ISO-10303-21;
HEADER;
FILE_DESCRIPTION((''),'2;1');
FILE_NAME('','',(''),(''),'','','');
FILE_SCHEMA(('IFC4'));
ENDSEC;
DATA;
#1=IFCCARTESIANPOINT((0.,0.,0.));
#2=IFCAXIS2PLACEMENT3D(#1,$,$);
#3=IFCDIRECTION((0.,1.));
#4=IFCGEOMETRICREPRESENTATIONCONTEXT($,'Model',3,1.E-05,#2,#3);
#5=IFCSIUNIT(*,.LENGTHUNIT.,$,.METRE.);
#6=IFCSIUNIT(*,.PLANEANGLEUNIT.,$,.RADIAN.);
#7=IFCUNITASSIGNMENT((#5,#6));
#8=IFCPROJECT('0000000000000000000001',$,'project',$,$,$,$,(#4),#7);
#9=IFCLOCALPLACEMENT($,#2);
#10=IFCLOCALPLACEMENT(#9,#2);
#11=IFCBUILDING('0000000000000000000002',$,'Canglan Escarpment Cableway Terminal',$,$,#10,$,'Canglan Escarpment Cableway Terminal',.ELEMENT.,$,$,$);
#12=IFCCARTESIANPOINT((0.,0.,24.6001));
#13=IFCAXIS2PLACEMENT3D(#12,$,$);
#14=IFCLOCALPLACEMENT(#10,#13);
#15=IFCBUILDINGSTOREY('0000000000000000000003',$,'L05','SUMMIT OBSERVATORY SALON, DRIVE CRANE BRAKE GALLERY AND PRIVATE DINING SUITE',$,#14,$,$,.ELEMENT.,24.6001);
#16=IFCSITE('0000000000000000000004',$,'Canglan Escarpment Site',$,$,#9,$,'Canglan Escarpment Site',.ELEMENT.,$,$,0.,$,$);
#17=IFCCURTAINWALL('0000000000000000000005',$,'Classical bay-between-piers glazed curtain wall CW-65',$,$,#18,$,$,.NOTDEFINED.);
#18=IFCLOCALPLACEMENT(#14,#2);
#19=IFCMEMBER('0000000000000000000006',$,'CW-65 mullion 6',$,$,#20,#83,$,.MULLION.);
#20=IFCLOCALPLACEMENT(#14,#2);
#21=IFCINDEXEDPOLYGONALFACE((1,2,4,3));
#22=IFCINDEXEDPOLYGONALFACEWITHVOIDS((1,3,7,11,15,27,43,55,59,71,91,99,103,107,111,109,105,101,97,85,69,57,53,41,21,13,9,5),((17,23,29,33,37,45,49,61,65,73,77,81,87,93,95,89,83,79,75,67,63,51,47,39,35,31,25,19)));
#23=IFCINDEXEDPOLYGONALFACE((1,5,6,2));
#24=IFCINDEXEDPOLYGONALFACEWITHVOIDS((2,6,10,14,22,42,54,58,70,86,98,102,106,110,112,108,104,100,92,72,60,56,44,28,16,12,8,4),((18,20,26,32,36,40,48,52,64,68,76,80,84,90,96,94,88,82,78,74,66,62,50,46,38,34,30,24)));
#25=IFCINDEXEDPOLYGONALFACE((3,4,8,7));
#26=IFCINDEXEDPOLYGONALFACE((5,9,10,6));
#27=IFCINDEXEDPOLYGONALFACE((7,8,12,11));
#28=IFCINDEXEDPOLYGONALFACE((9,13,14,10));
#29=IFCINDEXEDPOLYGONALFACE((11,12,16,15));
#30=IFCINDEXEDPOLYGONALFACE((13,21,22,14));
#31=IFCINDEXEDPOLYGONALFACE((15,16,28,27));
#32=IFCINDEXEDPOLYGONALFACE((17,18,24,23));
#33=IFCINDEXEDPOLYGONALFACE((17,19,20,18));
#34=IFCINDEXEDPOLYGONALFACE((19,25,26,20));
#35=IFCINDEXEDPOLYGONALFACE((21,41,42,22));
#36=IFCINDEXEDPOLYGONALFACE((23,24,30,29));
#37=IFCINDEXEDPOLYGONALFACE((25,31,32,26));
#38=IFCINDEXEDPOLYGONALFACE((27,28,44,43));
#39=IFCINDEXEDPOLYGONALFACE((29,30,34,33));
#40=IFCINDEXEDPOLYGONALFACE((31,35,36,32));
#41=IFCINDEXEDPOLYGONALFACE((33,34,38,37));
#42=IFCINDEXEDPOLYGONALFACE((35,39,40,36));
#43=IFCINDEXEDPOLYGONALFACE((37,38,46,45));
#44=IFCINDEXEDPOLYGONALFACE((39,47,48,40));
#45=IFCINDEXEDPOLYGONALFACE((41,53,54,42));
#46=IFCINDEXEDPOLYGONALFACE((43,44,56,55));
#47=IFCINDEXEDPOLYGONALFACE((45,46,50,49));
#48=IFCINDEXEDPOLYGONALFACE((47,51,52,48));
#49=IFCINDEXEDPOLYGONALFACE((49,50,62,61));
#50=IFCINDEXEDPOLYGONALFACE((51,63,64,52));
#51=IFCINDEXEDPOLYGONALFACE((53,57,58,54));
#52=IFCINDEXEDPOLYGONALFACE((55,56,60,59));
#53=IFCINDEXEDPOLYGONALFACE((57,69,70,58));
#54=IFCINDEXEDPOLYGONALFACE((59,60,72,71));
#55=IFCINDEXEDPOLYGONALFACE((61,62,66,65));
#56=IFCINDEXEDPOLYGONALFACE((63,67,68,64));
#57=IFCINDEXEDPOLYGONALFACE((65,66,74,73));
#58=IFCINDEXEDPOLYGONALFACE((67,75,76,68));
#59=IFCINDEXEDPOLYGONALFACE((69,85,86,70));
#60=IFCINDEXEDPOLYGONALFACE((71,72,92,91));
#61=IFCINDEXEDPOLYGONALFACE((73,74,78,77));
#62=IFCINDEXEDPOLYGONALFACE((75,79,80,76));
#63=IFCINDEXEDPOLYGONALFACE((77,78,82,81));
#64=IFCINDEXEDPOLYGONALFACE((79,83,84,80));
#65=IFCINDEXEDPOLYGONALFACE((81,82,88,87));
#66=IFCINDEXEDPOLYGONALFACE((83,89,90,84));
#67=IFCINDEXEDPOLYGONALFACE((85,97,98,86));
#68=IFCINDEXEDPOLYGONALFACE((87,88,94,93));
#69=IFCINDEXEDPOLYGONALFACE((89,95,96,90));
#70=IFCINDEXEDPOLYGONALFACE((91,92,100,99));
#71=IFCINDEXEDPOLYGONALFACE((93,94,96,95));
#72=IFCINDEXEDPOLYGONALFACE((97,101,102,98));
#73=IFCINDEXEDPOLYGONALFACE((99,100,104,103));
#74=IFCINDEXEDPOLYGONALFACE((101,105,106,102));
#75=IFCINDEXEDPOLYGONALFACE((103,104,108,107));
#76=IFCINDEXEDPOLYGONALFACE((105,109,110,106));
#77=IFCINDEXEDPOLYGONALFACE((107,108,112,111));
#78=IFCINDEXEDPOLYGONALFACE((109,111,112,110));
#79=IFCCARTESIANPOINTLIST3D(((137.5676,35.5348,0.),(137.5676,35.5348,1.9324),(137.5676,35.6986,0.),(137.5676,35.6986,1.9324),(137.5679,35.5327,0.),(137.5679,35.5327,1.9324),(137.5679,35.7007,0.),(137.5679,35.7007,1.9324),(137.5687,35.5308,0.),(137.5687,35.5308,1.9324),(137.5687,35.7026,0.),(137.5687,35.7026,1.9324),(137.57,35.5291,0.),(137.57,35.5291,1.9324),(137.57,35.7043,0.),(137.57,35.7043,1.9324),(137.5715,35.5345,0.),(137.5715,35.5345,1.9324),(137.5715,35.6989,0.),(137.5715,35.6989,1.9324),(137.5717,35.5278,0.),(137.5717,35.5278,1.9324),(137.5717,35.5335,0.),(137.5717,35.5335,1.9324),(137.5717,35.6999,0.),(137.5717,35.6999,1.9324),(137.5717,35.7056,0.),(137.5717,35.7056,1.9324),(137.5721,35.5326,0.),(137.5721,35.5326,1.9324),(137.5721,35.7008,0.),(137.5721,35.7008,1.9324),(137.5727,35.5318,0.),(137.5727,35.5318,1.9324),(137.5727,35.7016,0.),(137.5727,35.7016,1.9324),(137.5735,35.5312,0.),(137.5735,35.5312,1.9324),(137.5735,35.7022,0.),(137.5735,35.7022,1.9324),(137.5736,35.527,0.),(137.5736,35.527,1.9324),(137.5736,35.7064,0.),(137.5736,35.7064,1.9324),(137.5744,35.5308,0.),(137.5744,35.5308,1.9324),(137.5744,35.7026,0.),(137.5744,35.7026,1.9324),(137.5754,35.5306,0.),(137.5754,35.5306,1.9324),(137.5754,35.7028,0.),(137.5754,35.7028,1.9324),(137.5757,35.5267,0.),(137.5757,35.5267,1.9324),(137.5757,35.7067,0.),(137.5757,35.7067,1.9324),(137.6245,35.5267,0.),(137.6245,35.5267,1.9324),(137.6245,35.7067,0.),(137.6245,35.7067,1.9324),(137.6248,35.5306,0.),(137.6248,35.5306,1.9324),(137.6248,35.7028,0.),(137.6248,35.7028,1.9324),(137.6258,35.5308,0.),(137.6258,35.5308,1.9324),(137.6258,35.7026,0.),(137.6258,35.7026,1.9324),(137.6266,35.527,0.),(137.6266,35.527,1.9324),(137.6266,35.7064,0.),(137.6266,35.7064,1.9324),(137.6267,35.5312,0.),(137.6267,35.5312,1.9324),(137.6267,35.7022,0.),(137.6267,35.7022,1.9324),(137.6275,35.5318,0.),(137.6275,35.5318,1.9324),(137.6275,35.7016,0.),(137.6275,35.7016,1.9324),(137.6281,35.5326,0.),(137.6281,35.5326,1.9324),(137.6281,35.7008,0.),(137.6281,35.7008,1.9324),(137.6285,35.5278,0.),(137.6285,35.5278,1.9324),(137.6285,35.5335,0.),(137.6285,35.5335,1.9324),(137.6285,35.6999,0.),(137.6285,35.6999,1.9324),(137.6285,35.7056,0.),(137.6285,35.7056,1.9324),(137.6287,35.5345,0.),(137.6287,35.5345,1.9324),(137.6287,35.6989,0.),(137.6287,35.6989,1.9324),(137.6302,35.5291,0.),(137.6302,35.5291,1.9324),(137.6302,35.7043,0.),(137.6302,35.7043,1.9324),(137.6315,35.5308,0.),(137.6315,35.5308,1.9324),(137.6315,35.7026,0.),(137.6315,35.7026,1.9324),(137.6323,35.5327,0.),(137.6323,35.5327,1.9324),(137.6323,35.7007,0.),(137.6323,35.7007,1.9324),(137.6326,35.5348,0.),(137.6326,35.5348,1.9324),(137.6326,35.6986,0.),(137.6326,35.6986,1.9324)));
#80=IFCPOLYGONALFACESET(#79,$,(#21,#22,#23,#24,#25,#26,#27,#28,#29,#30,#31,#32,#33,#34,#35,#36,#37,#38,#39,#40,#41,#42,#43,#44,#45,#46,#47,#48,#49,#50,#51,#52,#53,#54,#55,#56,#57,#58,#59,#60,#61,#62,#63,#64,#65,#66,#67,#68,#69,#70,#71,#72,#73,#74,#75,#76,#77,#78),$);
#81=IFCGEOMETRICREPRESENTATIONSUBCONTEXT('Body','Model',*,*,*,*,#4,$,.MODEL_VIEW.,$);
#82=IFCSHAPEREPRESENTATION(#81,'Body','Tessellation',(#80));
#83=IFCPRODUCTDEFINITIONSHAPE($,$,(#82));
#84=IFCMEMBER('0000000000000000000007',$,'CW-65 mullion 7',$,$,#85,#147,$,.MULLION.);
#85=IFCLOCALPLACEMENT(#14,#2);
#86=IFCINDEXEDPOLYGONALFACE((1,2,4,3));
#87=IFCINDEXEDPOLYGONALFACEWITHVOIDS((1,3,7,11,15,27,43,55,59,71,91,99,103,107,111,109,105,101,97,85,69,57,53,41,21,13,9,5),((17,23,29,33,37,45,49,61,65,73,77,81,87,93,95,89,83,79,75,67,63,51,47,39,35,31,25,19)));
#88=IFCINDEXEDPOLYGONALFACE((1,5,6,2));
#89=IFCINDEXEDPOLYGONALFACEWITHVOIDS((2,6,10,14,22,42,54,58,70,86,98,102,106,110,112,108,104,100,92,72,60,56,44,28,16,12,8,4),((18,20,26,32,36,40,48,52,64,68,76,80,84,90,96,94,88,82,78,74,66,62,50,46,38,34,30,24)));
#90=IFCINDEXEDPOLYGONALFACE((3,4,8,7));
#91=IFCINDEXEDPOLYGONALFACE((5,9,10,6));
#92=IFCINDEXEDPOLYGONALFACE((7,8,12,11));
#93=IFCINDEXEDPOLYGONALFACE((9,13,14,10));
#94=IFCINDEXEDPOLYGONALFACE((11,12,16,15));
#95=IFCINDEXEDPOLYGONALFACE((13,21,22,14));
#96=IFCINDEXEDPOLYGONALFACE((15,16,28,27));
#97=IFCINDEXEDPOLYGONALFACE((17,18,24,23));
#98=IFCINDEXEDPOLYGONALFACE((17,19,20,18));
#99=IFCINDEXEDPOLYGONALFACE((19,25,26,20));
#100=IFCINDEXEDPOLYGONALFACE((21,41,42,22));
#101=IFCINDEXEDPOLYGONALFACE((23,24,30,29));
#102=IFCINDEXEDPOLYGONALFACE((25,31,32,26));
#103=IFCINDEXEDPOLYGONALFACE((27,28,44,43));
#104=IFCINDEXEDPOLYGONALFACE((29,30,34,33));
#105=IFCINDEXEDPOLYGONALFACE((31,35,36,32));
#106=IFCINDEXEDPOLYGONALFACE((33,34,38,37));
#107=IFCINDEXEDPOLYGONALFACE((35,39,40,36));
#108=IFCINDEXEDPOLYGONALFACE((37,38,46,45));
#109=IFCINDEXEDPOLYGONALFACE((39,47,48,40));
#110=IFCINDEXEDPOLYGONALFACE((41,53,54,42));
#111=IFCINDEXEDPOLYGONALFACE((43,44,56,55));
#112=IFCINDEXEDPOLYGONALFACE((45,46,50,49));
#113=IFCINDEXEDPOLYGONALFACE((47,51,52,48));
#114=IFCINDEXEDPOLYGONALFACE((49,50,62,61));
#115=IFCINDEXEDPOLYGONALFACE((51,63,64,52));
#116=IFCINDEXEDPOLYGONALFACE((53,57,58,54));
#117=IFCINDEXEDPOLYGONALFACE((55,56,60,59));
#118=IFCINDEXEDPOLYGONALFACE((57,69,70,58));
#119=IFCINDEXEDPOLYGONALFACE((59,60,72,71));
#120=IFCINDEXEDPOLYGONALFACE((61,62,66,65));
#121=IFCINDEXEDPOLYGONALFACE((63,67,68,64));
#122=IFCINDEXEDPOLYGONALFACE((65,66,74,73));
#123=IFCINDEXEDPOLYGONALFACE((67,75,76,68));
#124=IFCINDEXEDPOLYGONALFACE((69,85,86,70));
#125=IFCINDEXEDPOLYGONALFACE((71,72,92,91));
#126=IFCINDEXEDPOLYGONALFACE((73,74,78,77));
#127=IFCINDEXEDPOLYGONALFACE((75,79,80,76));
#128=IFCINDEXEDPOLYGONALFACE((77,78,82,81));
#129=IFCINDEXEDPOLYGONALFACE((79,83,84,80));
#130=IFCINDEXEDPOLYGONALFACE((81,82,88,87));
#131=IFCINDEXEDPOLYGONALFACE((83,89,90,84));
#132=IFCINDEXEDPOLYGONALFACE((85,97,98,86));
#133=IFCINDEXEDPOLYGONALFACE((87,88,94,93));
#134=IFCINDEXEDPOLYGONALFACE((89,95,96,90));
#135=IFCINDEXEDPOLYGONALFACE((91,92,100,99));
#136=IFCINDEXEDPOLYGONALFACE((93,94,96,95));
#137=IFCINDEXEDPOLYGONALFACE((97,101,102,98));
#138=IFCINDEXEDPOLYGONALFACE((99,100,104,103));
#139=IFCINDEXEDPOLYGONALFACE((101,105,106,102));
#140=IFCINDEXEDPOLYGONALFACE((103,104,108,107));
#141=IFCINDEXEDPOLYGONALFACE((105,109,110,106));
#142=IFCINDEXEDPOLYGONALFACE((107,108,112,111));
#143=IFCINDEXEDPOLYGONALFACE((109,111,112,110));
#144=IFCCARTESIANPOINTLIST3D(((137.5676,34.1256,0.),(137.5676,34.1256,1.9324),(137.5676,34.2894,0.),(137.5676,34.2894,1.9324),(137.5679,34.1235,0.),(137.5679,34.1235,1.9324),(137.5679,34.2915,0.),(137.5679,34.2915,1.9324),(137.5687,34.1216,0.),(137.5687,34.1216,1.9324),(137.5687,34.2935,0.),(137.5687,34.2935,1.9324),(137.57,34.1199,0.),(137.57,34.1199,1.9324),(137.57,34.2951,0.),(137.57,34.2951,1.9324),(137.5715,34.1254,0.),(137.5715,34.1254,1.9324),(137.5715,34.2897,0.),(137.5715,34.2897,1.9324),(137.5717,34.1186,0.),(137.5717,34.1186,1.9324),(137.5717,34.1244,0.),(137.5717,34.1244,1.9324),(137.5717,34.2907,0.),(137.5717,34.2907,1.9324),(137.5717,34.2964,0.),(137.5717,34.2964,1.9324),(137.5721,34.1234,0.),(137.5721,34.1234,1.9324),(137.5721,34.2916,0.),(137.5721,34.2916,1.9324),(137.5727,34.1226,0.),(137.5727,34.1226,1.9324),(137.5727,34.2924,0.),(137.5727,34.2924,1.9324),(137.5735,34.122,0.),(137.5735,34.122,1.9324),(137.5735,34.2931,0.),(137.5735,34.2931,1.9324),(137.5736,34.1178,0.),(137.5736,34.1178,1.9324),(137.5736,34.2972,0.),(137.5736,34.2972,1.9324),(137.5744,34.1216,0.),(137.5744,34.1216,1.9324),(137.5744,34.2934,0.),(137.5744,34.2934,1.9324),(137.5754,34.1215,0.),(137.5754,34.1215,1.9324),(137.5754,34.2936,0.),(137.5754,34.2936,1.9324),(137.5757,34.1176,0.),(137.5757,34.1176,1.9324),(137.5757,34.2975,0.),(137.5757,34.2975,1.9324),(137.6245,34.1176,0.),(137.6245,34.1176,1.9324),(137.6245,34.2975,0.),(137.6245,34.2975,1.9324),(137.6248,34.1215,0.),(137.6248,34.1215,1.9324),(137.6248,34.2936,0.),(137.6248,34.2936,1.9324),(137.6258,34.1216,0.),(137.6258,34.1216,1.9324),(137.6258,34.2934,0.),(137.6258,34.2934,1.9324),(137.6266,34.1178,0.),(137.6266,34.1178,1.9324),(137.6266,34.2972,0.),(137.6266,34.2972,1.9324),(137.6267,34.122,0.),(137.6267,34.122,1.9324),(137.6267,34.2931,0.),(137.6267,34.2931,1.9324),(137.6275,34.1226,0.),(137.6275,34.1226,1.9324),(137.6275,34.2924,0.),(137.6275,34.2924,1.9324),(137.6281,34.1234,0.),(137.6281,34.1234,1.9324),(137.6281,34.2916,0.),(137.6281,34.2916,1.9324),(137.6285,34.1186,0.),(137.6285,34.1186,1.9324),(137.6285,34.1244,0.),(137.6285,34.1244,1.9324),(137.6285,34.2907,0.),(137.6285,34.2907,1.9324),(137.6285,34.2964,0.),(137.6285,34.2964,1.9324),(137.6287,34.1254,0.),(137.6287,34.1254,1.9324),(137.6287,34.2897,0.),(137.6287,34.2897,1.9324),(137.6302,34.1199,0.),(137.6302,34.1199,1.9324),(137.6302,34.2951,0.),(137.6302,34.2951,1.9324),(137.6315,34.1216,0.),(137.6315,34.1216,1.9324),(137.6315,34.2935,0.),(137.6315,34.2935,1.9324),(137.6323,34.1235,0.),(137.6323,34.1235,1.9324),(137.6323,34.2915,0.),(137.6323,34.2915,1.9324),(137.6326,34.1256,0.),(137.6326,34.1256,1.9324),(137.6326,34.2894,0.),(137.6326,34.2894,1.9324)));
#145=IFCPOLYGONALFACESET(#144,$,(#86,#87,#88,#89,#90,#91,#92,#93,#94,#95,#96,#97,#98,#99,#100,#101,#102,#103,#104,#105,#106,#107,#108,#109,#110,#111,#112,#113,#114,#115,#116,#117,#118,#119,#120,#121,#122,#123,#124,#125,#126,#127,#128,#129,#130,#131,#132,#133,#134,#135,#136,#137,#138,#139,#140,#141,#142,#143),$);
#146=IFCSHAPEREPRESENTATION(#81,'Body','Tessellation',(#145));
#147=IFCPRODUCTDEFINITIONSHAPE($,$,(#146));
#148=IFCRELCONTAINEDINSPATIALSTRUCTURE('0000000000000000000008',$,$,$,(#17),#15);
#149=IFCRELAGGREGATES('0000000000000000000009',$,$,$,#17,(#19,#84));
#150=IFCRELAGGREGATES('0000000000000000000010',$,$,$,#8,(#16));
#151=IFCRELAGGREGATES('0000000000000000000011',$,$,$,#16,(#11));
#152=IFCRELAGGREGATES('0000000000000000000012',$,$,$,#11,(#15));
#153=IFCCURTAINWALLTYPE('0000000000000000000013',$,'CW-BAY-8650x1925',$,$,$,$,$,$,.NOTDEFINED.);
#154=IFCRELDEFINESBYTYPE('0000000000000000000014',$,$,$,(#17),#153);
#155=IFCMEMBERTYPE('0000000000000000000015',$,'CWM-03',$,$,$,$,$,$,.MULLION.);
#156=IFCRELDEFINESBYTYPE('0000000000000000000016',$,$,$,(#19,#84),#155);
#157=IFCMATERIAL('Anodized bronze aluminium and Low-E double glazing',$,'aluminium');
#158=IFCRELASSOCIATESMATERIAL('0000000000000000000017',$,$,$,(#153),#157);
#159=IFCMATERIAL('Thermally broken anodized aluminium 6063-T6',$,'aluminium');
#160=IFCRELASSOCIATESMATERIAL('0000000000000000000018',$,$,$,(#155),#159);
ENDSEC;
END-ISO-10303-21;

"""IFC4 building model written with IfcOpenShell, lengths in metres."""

from ifc_helpers import new_model, si_unit, direction, frame, origin, origin_2d, place, context, subcontext, project, spatial, hollow_rectangle, extrude, material, material_profile, profile_set, type_object, element, aggregate, save


model = new_model("IFC4")

# Units and contexts
model_context = context("Model", 3, precision=1e-05, world=origin(), true_north=direction((0.0, 1.0)))
body_context = subcontext(model_context, "Body", "Model", "MODEL_VIEW")
ifc_project = project(units=[si_unit("LENGTHUNIT", "METRE"), si_unit("PLANEANGLEUNIT", "RADIAN")], contexts=[model_context])

# Site, building, storey
site_placement = place(None, origin())
site = spatial("IfcSite", under=ifc_project, at=site_placement, Name="Canglan Escarpment Site", LongName="Canglan Escarpment Site", CompositionType="ELEMENT", RefElevation=0.0)
building_placement = place(site_placement, origin())
building = spatial("IfcBuilding", under=site, at=building_placement, Name="Canglan Escarpment Cableway Terminal", LongName="Canglan Escarpment Cableway Terminal", CompositionType="ELEMENT")
storey_placement = place(building_placement, frame((0.0, 0.0, 24.6001)))
storey = spatial("IfcBuildingStorey", under=building, at=storey_placement, Name="L05", Description="SUMMIT OBSERVATORY SALON, DRIVE CRANE BRAKE GALLERY AND PRIVATE DINING SUITE", CompositionType="ELEMENT", Elevation=24.6001)

# Curtain wall, members
ifc_material_1 = material(Name="Anodized bronze aluminium and Low-E double glazing", Category="aluminium")
curtain_wall_type = type_object("IfcCurtainWallType", Name="CW-BAY-8650x1925", PredefinedType="NOTDEFINED", material=ifc_material_1)
curtain_wall_placement = place(storey_placement, origin())
curtain_wall = element("IfcCurtainWall", 1, at=curtain_wall_placement, inside=storey, type_object=curtain_wall_type, Name="Classical bay-between-piers glazed curtain wall CW-65", PredefinedType="NOTDEFINED")
ifc_material_2 = material(Name="Thermally broken anodized aluminium 6063-T6", Category="aluminium")
ifc_material_profile_1 = material_profile(ifc_material_2, hollow_rectangle(XDim=0.0649, YDim=0.1799, WallThickness=0.0039, InnerFilletRadius=0.0039, OuterFilletRadius=0.0081, at=origin_2d()), Name="ALU-MULL 65x180x4")
ifc_profile_set_1 = profile_set([ifc_material_profile_1], Name="Thermally broken anodized aluminium 6063-T6")
member_type_1 = type_object("IfcMemberType", Name="CWM-03", PredefinedType="MULLION", material=ifc_profile_set_1)
member_1_placement = place(storey_placement, frame((137.6001, 35.6167, 0.0), z_axis=(0.0, 0.0, 1.0), x_axis=(1.0, 0.0, 0.0)))
member_1 = element("IfcMember", 2, at=member_1_placement, type_object=member_type_1, Name="CW-65 mullion 6", PredefinedType="MULLION", context=body_context, shape_type="SweptSolid", body=[
    extrude(hollow_rectangle(XDim=0.0649, YDim=0.1799, WallThickness=0.0039, InnerFilletRadius=0.0039, OuterFilletRadius=0.0081, at=origin_2d()), origin(), (0.0, 0.0, 1.0), 1.9324),
])
member_2_placement = place(storey_placement, frame((137.6001, 34.2075, 0.0), z_axis=(0.0, 0.0, 1.0), x_axis=(1.0, 0.0, 0.0)))
member_2 = element("IfcMember", 3, at=member_2_placement, type_object=member_type_1, Name="CW-65 mullion 7", PredefinedType="MULLION", context=body_context, shape_type="SweptSolid", body=[
    extrude(hollow_rectangle(XDim=0.0649, YDim=0.1799, WallThickness=0.0039, InnerFilletRadius=0.0039, OuterFilletRadius=0.0081, at=origin_2d()), origin(), (0.0, 0.0, 1.0), 1.9324),
])

aggregate(curtain_wall, [member_1, member_2])

save(model, "model.ifc")
